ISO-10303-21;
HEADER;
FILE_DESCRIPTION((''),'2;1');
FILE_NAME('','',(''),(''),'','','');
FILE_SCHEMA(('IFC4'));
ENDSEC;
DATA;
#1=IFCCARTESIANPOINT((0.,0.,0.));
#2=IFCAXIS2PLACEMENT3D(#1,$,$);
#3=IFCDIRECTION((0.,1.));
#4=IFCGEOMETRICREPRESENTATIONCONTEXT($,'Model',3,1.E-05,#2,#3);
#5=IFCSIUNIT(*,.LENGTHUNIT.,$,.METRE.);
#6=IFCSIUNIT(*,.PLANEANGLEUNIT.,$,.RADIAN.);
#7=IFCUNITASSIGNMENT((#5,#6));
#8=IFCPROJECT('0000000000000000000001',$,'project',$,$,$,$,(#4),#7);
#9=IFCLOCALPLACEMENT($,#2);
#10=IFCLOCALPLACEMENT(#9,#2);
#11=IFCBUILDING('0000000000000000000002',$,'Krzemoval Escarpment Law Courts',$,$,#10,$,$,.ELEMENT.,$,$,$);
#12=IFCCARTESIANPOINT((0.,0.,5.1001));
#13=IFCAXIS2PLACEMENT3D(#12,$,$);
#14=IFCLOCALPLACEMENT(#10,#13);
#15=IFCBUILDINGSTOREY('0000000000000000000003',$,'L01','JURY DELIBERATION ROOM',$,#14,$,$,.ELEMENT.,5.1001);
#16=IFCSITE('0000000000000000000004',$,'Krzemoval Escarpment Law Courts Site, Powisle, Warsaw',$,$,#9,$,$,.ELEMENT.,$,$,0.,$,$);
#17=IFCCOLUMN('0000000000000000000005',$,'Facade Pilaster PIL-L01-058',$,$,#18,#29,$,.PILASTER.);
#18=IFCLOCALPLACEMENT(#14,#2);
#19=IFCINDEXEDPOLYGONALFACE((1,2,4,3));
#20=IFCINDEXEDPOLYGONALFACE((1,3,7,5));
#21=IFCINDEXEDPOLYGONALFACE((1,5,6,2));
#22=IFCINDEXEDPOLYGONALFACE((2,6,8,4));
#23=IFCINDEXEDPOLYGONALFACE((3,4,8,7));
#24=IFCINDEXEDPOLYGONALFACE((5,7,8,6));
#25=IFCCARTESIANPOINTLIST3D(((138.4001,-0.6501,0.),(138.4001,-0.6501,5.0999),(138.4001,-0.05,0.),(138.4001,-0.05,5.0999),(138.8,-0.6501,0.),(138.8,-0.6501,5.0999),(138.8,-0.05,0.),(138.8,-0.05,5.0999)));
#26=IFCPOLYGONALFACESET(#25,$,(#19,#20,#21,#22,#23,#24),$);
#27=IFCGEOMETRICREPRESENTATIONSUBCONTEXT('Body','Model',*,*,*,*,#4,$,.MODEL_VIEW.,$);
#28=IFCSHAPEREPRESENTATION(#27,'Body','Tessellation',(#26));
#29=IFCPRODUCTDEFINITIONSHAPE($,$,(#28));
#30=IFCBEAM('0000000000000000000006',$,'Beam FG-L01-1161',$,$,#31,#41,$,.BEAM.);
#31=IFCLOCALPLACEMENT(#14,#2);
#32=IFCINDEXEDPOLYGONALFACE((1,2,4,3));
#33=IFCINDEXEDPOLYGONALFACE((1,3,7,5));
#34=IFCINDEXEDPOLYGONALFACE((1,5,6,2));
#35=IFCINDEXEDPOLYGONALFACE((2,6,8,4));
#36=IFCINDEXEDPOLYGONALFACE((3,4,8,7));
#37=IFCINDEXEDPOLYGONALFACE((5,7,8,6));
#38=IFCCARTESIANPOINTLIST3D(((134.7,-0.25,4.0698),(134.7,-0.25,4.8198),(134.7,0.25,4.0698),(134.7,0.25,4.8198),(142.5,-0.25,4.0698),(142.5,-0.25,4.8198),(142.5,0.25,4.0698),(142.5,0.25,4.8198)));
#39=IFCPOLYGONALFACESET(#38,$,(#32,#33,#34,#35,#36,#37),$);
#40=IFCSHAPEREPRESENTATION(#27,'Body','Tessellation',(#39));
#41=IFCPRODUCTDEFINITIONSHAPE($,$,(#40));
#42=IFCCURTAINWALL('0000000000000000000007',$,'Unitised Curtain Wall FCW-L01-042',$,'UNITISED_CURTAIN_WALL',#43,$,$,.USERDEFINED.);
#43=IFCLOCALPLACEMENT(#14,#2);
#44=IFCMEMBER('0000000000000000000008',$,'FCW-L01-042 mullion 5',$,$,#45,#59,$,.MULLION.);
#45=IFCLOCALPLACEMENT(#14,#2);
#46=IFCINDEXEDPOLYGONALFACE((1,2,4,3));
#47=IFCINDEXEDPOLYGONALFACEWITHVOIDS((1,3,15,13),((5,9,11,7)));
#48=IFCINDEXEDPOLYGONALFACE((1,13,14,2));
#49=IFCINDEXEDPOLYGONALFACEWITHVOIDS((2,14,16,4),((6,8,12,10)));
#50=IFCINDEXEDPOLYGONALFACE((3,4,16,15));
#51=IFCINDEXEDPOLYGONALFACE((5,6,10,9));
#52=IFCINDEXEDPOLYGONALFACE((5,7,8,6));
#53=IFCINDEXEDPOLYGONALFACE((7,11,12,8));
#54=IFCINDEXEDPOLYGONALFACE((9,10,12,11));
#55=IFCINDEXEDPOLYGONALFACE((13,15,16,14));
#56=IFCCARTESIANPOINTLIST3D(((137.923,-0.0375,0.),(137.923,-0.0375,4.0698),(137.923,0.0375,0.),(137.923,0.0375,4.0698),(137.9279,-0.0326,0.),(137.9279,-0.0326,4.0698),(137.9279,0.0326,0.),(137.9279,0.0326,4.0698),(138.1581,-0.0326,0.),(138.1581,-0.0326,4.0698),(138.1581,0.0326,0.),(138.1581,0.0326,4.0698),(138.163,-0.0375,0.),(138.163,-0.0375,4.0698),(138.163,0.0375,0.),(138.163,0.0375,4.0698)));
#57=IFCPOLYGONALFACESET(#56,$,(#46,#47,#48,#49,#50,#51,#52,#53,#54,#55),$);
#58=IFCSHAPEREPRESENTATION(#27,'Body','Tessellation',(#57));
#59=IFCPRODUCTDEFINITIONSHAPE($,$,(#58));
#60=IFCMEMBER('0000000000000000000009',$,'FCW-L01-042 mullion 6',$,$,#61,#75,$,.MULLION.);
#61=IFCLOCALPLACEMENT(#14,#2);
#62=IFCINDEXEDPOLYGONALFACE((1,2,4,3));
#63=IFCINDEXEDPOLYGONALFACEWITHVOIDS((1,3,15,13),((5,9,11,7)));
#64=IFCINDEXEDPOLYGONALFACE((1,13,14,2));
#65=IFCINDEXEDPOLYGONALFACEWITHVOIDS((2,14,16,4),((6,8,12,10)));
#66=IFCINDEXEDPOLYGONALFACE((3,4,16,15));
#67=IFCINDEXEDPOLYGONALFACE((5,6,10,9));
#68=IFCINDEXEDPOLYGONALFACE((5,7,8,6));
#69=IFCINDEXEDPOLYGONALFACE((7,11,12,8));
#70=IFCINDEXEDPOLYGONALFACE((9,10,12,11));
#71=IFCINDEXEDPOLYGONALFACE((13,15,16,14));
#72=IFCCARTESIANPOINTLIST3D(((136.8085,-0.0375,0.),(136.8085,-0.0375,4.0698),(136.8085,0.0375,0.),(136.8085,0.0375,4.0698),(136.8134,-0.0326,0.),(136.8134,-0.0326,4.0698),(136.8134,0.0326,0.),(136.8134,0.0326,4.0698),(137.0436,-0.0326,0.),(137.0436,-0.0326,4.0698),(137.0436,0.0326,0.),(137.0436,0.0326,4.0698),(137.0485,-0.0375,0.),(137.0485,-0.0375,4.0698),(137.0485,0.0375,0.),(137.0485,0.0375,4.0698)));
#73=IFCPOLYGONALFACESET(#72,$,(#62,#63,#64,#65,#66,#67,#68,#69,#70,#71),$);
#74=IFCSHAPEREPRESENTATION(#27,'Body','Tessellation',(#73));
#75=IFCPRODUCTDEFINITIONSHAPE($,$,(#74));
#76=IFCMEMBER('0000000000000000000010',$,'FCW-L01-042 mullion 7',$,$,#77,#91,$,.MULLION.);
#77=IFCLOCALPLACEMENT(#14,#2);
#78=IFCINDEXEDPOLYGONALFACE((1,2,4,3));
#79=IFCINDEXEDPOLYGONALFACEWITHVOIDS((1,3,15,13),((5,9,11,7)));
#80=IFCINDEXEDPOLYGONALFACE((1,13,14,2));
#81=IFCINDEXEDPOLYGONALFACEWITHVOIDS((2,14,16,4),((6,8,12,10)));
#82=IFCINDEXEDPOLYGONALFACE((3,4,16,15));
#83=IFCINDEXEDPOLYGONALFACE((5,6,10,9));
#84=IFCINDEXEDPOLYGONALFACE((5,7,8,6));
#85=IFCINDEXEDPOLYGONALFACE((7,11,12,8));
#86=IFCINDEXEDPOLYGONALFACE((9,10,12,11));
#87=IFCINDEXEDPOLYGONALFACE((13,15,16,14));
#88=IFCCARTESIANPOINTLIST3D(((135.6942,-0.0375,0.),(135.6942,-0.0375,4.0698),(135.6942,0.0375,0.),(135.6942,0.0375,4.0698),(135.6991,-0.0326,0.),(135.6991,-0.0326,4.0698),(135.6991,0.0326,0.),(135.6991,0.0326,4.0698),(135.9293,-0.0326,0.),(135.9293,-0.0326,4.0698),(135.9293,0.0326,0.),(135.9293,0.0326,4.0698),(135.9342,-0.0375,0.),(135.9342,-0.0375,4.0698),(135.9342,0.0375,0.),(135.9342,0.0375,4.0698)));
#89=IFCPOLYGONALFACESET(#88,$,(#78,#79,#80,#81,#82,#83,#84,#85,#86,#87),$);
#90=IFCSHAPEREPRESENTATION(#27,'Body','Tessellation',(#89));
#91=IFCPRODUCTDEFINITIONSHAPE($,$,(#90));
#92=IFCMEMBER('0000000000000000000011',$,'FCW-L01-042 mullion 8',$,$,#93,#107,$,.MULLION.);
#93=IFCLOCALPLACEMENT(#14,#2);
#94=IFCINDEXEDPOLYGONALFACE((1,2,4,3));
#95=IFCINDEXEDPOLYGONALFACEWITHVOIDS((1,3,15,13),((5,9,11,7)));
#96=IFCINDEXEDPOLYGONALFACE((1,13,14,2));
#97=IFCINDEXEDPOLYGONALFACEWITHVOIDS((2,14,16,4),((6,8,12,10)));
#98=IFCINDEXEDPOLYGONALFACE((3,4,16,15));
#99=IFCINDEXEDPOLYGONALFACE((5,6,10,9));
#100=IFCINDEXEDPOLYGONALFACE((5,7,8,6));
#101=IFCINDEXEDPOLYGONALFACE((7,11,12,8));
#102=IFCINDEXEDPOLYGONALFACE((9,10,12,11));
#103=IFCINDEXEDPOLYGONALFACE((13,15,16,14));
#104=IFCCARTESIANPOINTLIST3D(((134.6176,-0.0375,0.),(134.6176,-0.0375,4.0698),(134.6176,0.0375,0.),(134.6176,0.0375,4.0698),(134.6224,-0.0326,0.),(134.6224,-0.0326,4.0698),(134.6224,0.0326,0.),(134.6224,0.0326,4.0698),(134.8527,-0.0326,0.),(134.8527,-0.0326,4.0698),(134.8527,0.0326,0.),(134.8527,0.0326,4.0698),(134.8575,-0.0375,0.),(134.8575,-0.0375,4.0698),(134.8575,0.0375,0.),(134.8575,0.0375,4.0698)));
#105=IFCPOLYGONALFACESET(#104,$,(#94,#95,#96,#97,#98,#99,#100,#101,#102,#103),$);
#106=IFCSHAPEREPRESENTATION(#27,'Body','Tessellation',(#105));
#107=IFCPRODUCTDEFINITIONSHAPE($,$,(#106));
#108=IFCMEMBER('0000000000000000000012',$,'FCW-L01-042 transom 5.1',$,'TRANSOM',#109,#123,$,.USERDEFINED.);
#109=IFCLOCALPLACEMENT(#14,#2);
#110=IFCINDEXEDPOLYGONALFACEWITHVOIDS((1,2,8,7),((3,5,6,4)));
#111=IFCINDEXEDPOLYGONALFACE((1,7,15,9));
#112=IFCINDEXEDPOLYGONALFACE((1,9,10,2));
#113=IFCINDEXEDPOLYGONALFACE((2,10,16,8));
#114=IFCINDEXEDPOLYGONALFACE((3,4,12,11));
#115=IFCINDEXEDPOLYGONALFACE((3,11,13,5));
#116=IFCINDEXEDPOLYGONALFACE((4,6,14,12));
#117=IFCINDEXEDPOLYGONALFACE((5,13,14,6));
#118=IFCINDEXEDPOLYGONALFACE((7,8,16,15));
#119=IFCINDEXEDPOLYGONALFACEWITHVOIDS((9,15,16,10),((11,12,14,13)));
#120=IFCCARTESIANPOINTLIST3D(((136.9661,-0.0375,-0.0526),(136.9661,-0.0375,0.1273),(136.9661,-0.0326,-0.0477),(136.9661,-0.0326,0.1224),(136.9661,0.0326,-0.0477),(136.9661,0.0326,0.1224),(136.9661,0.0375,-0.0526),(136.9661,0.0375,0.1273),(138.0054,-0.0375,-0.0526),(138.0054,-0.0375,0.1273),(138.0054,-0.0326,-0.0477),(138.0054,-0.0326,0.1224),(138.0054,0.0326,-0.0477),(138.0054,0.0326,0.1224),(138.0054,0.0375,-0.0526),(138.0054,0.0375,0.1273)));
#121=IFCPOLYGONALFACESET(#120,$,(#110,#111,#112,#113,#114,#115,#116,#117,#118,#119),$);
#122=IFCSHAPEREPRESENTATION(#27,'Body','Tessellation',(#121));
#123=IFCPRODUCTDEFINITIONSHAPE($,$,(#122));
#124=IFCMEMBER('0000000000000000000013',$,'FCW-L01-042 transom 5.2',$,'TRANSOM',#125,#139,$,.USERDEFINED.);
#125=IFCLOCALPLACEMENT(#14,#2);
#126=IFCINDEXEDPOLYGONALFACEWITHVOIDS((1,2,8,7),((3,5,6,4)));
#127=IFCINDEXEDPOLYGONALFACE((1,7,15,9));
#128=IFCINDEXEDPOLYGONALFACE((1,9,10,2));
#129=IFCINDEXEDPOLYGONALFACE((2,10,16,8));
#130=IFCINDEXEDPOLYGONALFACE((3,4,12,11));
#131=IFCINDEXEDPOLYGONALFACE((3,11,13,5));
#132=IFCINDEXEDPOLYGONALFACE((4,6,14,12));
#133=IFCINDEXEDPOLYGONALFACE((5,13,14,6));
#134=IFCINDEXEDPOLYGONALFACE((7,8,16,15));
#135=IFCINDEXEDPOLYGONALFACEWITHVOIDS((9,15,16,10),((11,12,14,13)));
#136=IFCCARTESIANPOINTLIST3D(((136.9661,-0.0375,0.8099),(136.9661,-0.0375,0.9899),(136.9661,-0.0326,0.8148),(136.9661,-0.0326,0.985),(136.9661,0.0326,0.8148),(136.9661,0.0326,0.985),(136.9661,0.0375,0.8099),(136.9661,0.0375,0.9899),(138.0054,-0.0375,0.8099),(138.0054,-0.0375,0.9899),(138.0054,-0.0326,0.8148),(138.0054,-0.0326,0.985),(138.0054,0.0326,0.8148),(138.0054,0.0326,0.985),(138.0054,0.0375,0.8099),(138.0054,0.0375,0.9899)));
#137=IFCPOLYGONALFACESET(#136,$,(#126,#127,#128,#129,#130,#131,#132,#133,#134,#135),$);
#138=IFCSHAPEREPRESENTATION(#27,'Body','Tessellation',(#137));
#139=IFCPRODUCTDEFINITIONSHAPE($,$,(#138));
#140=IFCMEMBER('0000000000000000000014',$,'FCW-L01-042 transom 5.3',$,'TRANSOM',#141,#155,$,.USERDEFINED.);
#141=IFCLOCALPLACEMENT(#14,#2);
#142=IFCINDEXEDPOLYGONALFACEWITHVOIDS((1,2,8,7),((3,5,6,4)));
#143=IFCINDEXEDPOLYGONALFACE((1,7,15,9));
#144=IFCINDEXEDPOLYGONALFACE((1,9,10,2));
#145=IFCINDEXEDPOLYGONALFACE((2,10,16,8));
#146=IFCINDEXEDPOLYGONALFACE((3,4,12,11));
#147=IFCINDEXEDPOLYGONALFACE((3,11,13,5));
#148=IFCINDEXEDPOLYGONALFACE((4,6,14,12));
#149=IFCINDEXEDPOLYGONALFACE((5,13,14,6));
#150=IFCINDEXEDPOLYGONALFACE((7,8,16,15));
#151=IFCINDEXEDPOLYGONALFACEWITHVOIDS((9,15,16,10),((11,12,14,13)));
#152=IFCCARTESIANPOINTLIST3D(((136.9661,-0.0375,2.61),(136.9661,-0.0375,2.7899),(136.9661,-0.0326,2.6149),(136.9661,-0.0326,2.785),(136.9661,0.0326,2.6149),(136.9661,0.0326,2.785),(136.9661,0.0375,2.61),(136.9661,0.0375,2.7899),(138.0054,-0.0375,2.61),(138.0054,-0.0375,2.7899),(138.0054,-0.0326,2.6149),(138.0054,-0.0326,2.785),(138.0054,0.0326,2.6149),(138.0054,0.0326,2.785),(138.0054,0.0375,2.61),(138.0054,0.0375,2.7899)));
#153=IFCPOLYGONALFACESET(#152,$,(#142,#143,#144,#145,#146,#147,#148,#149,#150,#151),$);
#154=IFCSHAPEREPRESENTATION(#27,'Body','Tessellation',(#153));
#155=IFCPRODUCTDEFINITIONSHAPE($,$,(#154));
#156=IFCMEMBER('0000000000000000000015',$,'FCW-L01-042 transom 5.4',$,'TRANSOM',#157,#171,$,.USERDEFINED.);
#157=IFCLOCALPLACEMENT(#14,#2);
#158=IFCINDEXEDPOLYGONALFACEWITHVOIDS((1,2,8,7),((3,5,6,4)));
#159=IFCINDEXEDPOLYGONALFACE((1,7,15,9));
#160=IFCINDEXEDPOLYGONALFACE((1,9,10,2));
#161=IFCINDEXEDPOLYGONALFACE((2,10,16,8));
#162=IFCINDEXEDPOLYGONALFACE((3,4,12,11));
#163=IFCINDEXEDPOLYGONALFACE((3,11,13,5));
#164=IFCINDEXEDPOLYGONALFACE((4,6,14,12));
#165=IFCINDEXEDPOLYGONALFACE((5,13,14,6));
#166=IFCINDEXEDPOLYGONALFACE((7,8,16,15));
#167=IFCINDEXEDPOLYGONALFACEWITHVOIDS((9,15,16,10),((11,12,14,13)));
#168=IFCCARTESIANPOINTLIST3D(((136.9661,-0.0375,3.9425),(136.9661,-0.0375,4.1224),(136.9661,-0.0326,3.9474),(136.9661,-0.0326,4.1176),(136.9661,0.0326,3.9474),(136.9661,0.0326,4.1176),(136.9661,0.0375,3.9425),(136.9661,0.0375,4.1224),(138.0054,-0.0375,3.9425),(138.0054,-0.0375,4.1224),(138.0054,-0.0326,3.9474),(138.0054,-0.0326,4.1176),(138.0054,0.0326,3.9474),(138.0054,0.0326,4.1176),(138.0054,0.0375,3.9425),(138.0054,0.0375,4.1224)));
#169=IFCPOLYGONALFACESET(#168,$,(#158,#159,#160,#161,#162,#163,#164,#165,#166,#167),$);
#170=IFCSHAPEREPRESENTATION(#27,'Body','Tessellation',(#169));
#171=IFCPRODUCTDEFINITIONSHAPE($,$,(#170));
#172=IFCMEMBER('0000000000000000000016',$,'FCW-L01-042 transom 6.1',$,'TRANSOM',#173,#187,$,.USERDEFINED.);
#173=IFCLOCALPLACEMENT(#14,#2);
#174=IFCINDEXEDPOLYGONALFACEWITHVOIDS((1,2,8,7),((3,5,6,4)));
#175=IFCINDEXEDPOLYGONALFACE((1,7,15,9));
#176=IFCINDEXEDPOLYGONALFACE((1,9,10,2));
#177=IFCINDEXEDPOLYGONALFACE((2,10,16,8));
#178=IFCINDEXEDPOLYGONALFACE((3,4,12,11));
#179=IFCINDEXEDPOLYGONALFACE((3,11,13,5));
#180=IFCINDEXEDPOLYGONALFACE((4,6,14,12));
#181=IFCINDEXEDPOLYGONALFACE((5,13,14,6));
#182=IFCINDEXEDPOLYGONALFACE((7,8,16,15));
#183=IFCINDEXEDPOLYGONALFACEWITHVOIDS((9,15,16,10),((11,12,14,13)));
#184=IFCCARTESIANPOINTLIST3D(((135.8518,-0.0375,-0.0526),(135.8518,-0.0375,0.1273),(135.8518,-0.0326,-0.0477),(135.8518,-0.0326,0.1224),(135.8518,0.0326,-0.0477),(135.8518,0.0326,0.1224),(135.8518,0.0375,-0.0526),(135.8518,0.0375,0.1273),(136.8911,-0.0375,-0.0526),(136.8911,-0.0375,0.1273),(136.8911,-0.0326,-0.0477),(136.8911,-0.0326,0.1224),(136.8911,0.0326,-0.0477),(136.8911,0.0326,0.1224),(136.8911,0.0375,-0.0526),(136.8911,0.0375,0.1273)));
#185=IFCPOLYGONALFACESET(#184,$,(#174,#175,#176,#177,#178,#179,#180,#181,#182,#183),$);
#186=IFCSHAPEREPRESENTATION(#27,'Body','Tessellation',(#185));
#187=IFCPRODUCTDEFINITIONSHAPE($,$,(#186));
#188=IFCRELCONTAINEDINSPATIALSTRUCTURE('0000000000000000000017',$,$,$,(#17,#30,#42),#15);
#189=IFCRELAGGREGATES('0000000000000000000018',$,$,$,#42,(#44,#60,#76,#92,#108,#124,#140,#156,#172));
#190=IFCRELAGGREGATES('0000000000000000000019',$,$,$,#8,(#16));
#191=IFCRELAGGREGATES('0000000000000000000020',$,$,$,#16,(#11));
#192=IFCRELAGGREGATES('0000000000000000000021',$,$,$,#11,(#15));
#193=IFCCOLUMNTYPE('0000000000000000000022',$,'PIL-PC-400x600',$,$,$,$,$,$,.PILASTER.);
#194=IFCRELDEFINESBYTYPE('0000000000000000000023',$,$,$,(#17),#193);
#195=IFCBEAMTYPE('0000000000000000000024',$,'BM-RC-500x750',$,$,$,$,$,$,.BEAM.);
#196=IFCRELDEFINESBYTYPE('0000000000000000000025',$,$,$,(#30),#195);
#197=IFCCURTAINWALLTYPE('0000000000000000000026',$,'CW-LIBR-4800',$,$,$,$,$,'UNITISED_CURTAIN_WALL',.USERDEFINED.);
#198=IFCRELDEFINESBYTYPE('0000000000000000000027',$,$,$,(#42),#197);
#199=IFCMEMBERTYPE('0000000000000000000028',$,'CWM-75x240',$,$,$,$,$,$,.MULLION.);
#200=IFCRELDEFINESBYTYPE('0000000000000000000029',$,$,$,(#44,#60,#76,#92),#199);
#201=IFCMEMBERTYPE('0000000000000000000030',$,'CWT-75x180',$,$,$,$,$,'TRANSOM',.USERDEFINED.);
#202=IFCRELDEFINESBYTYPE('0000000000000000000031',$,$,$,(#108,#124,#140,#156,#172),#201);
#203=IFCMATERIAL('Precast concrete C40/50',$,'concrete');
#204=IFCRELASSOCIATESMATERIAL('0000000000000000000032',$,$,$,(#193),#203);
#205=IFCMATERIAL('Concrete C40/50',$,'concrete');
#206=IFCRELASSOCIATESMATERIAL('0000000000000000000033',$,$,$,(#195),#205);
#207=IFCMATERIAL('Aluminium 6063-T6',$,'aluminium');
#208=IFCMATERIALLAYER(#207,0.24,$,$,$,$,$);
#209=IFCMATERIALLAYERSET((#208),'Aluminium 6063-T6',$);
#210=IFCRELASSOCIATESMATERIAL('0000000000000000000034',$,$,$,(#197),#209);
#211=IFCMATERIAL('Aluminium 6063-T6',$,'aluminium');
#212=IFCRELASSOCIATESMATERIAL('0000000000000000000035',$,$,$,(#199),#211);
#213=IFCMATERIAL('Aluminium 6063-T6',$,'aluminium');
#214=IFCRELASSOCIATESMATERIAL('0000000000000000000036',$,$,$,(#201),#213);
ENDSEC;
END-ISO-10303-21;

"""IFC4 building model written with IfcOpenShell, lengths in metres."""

from ifc_helpers import new_model, si_unit, direction, frame, origin, origin_2d, place, context, subcontext, project, spatial, rectangle, hollow_rectangle, extrude, material, layer, layer_set, material_profile, profile_set, type_object, element, aggregate, save


model = new_model("IFC4")

# Units and contexts
model_context = context("Model", 3, precision=1e-05, world=origin(), true_north=direction((0.0, 1.0)))
body_context = subcontext(model_context, "Body", "Model", "MODEL_VIEW")
ifc_project = project(units=[si_unit("LENGTHUNIT", "METRE"), si_unit("PLANEANGLEUNIT", "RADIAN")], contexts=[model_context])

# Site, building, storey
site_placement = place(None, origin())
site = spatial("IfcSite", under=ifc_project, at=site_placement, Name="Krzemoval Escarpment Law Courts Site, Powisle, Warsaw", CompositionType="ELEMENT", RefElevation=0.0)
building_placement = place(site_placement, origin())
building = spatial("IfcBuilding", under=site, at=building_placement, Name="Krzemoval Escarpment Law Courts", CompositionType="ELEMENT")
storey_placement = place(building_placement, frame((0.0, 0.0, 5.1001)))
storey = spatial("IfcBuildingStorey", under=building, at=storey_placement, Name="L01", Description="JURY DELIBERATION ROOM", CompositionType="ELEMENT", Elevation=5.1001)

# Column
ifc_material_1 = material(Name="Precast concrete C40/50", Category="concrete")
ifc_material_profile_1 = material_profile(ifc_material_1, rectangle(XDim=0.3999, YDim=0.6001, at=origin_2d()), Name="PIL 400x600")
ifc_profile_set_1 = profile_set([ifc_material_profile_1], Name="Precast concrete C40/50")
column_type = type_object("IfcColumnType", Name="PIL-PC-400x600", PredefinedType="PILASTER", material=ifc_profile_set_1)
column_placement = place(storey_placement, frame((138.6001, -0.3501, 0.0), z_axis=(0.0, 0.0, 1.0), x_axis=(1.0, 0.0, 0.0)))
element("IfcColumn", 1, at=column_placement, inside=storey, type_object=column_type, Name="Facade Pilaster PIL-L01-058", PredefinedType="PILASTER", context=body_context, shape_type="SweptSolid", body=[
    extrude(rectangle(XDim=0.3999, YDim=0.6001, at=origin_2d()), origin(), (0.0, 0.0, 1.0), 5.0999),
])

# Beam
ifc_material_2 = material(Name="Concrete C40/50", Category="concrete")
ifc_material_profile_2 = material_profile(ifc_material_2, rectangle(XDim=0.5, YDim=0.75, at=origin_2d()), Name="RCB 500x750")
ifc_profile_set_2 = profile_set([ifc_material_profile_2], Name="Concrete C40/50")
beam_type = type_object("IfcBeamType", Name="BM-RC-500x750", PredefinedType="BEAM", material=ifc_profile_set_2)
beam_placement = place(storey_placement, frame((134.7, 0.0, 4.4448), z_axis=(1.0, 0.0, 0.0), x_axis=(0.0, 1.0, 0.0)))
element("IfcBeam", 2, at=beam_placement, inside=storey, type_object=beam_type, Name="Beam FG-L01-1161", PredefinedType="BEAM", context=body_context, shape_type="SweptSolid", body=[
    extrude(rectangle(XDim=0.5, YDim=0.75, at=origin_2d()), origin(), (0.0, 0.0, 1.0), 7.8),
])

# Curtain wall, members
ifc_material_3 = material(Name="Aluminium 6063-T6", Category="aluminium")
ifc_layer_1 = layer(ifc_material_3, 0.24)
ifc_layer_set_1 = layer_set([ifc_layer_1], Name="Aluminium 6063-T6")
curtain_wall_type = type_object("IfcCurtainWallType", Name="CW-LIBR-4800", ElementType="UNITISED_CURTAIN_WALL", PredefinedType="USERDEFINED", material=ifc_layer_set_1)
curtain_wall_placement = place(storey_placement, origin())
curtain_wall = element("IfcCurtainWall", 3, at=curtain_wall_placement, inside=storey, type_object=curtain_wall_type, Name="Unitised Curtain Wall FCW-L01-042", ObjectType="UNITISED_CURTAIN_WALL", PredefinedType="USERDEFINED")
ifc_material_4 = material(Name="Aluminium 6063-T6", Category="aluminium")
ifc_material_profile_3 = material_profile(ifc_material_4, hollow_rectangle(XDim=0.075, YDim=0.24, WallThickness=0.0049, at=origin_2d()), Name="ALU M75x240")
ifc_profile_set_3 = profile_set([ifc_material_profile_3], Name="Aluminium 6063-T6")
member_type_1 = type_object("IfcMemberType", Name="CWM-75x240", PredefinedType="MULLION", material=ifc_profile_set_3)
member_1_placement = place(storey_placement, frame((138.043, 0.0, 0.0), z_axis=(0.0, 0.0, 1.0), x_axis=(0.0, -1.0, 0.0)))
member_1 = element("IfcMember", 4, at=member_1_placement, type_object=member_type_1, Name="FCW-L01-042 mullion 5", PredefinedType="MULLION", context=body_context, shape_type="SweptSolid", body=[
    extrude(hollow_rectangle(XDim=0.075, YDim=0.24, WallThickness=0.0049, at=origin_2d()), origin(), (0.0, 0.0, 1.0), 4.0698),
])
member_2_placement = place(storey_placement, frame((136.9285, 0.0, 0.0), z_axis=(0.0, 0.0, 1.0), x_axis=(0.0, -1.0, 0.0)))
member_2 = element("IfcMember", 5, at=member_2_placement, type_object=member_type_1, Name="FCW-L01-042 mullion 6", PredefinedType="MULLION", context=body_context, shape_type="SweptSolid", body=[
    extrude(hollow_rectangle(XDim=0.075, YDim=0.24, WallThickness=0.0049, at=origin_2d()), origin(), (0.0, 0.0, 1.0), 4.0698),
])
member_3_placement = place(storey_placement, frame((135.8142, 0.0, 0.0), z_axis=(0.0, 0.0, 1.0), x_axis=(0.0, -1.0, 0.0)))
member_3 = element("IfcMember", 6, at=member_3_placement, type_object=member_type_1, Name="FCW-L01-042 mullion 7", PredefinedType="MULLION", context=body_context, shape_type="SweptSolid", body=[
    extrude(hollow_rectangle(XDim=0.075, YDim=0.24, WallThickness=0.0049, at=origin_2d()), origin(), (0.0, 0.0, 1.0), 4.0698),
])
member_4_placement = place(storey_placement, frame((134.7375, 0.0, 0.0), z_axis=(0.0, 0.0, 1.0), x_axis=(0.0, -1.0, 0.0)))
member_4 = element("IfcMember", 7, at=member_4_placement, type_object=member_type_1, Name="FCW-L01-042 mullion 8", PredefinedType="MULLION", context=body_context, shape_type="SweptSolid", body=[
    extrude(hollow_rectangle(XDim=0.075, YDim=0.24, WallThickness=0.0049, at=origin_2d()), origin(), (0.0, 0.0, 1.0), 4.0698),
])
ifc_material_5 = material(Name="Aluminium 6063-T6", Category="aluminium")
ifc_material_profile_4 = material_profile(ifc_material_5, hollow_rectangle(XDim=0.075, YDim=0.1799, WallThickness=0.0049, at=origin_2d()), Name="ALU T75x180")
ifc_profile_set_4 = profile_set([ifc_material_profile_4], Name="Aluminium 6063-T6")
member_type_2 = type_object("IfcMemberType", Name="CWT-75x180", ElementType="TRANSOM", PredefinedType="USERDEFINED", material=ifc_profile_set_4)
member_5_placement = place(storey_placement, frame((138.0054, 0.0, 0.0374), z_axis=(-1.0, 0.0, 0.0), x_axis=(0.0, -1.0, 0.0)))
member_5 = element("IfcMember", 8, at=member_5_placement, type_object=member_type_2, Name="FCW-L01-042 transom 5.1", ObjectType="TRANSOM", PredefinedType="USERDEFINED", context=body_context, shape_type="SweptSolid", body=[
    extrude(hollow_rectangle(XDim=0.075, YDim=0.1799, WallThickness=0.0049, at=origin_2d()), origin(), (0.0, 0.0, 1.0), 1.0393),
])
member_6_placement = place(storey_placement, frame((138.0054, 0.0, 0.8999), z_axis=(-1.0, 0.0, 0.0), x_axis=(0.0, -1.0, 0.0)))
member_6 = element("IfcMember", 9, at=member_6_placement, type_object=member_type_2, Name="FCW-L01-042 transom 5.2", ObjectType="TRANSOM", PredefinedType="USERDEFINED", context=body_context, shape_type="SweptSolid", body=[
    extrude(hollow_rectangle(XDim=0.075, YDim=0.1799, WallThickness=0.0049, at=origin_2d()), origin(), (0.0, 0.0, 1.0), 1.0393),
])
member_7_placement = place(storey_placement, frame((138.0054, 0.0, 2.7), z_axis=(-1.0, 0.0, 0.0), x_axis=(0.0, -1.0, 0.0)))
member_7 = element("IfcMember", 10, at=member_7_placement, type_object=member_type_2, Name="FCW-L01-042 transom 5.3", ObjectType="TRANSOM", PredefinedType="USERDEFINED", context=body_context, shape_type="SweptSolid", body=[
    extrude(hollow_rectangle(XDim=0.075, YDim=0.1799, WallThickness=0.0049, at=origin_2d()), origin(), (0.0, 0.0, 1.0), 1.0393),
])
member_8_placement = place(storey_placement, frame((138.0054, 0.0, 4.0325), z_axis=(-1.0, 0.0, 0.0), x_axis=(0.0, -1.0, 0.0)))
member_8 = element("IfcMember", 11, at=member_8_placement, type_object=member_type_2, Name="FCW-L01-042 transom 5.4", ObjectType="TRANSOM", PredefinedType="USERDEFINED", context=body_context, shape_type="SweptSolid", body=[
    extrude(hollow_rectangle(XDim=0.075, YDim=0.1799, WallThickness=0.0049, at=origin_2d()), origin(), (0.0, 0.0, 1.0), 1.0393),
])
member_9_placement = place(storey_placement, frame((136.8911, 0.0, 0.0374), z_axis=(-1.0, 0.0, 0.0), x_axis=(0.0, -1.0, 0.0)))
member_9 = element("IfcMember", 12, at=member_9_placement, type_object=member_type_2, Name="FCW-L01-042 transom 6.1", ObjectType="TRANSOM", PredefinedType="USERDEFINED", context=body_context, shape_type="SweptSolid", body=[
    extrude(hollow_rectangle(XDim=0.075, YDim=0.1799, WallThickness=0.0049, at=origin_2d()), origin(), (0.0, 0.0, 1.0), 1.0393),
])
aggregate(curtain_wall, [member_1, member_2, member_3, member_4, member_5, member_6, member_7, member_8, member_9])

save(model, "model.ifc")
